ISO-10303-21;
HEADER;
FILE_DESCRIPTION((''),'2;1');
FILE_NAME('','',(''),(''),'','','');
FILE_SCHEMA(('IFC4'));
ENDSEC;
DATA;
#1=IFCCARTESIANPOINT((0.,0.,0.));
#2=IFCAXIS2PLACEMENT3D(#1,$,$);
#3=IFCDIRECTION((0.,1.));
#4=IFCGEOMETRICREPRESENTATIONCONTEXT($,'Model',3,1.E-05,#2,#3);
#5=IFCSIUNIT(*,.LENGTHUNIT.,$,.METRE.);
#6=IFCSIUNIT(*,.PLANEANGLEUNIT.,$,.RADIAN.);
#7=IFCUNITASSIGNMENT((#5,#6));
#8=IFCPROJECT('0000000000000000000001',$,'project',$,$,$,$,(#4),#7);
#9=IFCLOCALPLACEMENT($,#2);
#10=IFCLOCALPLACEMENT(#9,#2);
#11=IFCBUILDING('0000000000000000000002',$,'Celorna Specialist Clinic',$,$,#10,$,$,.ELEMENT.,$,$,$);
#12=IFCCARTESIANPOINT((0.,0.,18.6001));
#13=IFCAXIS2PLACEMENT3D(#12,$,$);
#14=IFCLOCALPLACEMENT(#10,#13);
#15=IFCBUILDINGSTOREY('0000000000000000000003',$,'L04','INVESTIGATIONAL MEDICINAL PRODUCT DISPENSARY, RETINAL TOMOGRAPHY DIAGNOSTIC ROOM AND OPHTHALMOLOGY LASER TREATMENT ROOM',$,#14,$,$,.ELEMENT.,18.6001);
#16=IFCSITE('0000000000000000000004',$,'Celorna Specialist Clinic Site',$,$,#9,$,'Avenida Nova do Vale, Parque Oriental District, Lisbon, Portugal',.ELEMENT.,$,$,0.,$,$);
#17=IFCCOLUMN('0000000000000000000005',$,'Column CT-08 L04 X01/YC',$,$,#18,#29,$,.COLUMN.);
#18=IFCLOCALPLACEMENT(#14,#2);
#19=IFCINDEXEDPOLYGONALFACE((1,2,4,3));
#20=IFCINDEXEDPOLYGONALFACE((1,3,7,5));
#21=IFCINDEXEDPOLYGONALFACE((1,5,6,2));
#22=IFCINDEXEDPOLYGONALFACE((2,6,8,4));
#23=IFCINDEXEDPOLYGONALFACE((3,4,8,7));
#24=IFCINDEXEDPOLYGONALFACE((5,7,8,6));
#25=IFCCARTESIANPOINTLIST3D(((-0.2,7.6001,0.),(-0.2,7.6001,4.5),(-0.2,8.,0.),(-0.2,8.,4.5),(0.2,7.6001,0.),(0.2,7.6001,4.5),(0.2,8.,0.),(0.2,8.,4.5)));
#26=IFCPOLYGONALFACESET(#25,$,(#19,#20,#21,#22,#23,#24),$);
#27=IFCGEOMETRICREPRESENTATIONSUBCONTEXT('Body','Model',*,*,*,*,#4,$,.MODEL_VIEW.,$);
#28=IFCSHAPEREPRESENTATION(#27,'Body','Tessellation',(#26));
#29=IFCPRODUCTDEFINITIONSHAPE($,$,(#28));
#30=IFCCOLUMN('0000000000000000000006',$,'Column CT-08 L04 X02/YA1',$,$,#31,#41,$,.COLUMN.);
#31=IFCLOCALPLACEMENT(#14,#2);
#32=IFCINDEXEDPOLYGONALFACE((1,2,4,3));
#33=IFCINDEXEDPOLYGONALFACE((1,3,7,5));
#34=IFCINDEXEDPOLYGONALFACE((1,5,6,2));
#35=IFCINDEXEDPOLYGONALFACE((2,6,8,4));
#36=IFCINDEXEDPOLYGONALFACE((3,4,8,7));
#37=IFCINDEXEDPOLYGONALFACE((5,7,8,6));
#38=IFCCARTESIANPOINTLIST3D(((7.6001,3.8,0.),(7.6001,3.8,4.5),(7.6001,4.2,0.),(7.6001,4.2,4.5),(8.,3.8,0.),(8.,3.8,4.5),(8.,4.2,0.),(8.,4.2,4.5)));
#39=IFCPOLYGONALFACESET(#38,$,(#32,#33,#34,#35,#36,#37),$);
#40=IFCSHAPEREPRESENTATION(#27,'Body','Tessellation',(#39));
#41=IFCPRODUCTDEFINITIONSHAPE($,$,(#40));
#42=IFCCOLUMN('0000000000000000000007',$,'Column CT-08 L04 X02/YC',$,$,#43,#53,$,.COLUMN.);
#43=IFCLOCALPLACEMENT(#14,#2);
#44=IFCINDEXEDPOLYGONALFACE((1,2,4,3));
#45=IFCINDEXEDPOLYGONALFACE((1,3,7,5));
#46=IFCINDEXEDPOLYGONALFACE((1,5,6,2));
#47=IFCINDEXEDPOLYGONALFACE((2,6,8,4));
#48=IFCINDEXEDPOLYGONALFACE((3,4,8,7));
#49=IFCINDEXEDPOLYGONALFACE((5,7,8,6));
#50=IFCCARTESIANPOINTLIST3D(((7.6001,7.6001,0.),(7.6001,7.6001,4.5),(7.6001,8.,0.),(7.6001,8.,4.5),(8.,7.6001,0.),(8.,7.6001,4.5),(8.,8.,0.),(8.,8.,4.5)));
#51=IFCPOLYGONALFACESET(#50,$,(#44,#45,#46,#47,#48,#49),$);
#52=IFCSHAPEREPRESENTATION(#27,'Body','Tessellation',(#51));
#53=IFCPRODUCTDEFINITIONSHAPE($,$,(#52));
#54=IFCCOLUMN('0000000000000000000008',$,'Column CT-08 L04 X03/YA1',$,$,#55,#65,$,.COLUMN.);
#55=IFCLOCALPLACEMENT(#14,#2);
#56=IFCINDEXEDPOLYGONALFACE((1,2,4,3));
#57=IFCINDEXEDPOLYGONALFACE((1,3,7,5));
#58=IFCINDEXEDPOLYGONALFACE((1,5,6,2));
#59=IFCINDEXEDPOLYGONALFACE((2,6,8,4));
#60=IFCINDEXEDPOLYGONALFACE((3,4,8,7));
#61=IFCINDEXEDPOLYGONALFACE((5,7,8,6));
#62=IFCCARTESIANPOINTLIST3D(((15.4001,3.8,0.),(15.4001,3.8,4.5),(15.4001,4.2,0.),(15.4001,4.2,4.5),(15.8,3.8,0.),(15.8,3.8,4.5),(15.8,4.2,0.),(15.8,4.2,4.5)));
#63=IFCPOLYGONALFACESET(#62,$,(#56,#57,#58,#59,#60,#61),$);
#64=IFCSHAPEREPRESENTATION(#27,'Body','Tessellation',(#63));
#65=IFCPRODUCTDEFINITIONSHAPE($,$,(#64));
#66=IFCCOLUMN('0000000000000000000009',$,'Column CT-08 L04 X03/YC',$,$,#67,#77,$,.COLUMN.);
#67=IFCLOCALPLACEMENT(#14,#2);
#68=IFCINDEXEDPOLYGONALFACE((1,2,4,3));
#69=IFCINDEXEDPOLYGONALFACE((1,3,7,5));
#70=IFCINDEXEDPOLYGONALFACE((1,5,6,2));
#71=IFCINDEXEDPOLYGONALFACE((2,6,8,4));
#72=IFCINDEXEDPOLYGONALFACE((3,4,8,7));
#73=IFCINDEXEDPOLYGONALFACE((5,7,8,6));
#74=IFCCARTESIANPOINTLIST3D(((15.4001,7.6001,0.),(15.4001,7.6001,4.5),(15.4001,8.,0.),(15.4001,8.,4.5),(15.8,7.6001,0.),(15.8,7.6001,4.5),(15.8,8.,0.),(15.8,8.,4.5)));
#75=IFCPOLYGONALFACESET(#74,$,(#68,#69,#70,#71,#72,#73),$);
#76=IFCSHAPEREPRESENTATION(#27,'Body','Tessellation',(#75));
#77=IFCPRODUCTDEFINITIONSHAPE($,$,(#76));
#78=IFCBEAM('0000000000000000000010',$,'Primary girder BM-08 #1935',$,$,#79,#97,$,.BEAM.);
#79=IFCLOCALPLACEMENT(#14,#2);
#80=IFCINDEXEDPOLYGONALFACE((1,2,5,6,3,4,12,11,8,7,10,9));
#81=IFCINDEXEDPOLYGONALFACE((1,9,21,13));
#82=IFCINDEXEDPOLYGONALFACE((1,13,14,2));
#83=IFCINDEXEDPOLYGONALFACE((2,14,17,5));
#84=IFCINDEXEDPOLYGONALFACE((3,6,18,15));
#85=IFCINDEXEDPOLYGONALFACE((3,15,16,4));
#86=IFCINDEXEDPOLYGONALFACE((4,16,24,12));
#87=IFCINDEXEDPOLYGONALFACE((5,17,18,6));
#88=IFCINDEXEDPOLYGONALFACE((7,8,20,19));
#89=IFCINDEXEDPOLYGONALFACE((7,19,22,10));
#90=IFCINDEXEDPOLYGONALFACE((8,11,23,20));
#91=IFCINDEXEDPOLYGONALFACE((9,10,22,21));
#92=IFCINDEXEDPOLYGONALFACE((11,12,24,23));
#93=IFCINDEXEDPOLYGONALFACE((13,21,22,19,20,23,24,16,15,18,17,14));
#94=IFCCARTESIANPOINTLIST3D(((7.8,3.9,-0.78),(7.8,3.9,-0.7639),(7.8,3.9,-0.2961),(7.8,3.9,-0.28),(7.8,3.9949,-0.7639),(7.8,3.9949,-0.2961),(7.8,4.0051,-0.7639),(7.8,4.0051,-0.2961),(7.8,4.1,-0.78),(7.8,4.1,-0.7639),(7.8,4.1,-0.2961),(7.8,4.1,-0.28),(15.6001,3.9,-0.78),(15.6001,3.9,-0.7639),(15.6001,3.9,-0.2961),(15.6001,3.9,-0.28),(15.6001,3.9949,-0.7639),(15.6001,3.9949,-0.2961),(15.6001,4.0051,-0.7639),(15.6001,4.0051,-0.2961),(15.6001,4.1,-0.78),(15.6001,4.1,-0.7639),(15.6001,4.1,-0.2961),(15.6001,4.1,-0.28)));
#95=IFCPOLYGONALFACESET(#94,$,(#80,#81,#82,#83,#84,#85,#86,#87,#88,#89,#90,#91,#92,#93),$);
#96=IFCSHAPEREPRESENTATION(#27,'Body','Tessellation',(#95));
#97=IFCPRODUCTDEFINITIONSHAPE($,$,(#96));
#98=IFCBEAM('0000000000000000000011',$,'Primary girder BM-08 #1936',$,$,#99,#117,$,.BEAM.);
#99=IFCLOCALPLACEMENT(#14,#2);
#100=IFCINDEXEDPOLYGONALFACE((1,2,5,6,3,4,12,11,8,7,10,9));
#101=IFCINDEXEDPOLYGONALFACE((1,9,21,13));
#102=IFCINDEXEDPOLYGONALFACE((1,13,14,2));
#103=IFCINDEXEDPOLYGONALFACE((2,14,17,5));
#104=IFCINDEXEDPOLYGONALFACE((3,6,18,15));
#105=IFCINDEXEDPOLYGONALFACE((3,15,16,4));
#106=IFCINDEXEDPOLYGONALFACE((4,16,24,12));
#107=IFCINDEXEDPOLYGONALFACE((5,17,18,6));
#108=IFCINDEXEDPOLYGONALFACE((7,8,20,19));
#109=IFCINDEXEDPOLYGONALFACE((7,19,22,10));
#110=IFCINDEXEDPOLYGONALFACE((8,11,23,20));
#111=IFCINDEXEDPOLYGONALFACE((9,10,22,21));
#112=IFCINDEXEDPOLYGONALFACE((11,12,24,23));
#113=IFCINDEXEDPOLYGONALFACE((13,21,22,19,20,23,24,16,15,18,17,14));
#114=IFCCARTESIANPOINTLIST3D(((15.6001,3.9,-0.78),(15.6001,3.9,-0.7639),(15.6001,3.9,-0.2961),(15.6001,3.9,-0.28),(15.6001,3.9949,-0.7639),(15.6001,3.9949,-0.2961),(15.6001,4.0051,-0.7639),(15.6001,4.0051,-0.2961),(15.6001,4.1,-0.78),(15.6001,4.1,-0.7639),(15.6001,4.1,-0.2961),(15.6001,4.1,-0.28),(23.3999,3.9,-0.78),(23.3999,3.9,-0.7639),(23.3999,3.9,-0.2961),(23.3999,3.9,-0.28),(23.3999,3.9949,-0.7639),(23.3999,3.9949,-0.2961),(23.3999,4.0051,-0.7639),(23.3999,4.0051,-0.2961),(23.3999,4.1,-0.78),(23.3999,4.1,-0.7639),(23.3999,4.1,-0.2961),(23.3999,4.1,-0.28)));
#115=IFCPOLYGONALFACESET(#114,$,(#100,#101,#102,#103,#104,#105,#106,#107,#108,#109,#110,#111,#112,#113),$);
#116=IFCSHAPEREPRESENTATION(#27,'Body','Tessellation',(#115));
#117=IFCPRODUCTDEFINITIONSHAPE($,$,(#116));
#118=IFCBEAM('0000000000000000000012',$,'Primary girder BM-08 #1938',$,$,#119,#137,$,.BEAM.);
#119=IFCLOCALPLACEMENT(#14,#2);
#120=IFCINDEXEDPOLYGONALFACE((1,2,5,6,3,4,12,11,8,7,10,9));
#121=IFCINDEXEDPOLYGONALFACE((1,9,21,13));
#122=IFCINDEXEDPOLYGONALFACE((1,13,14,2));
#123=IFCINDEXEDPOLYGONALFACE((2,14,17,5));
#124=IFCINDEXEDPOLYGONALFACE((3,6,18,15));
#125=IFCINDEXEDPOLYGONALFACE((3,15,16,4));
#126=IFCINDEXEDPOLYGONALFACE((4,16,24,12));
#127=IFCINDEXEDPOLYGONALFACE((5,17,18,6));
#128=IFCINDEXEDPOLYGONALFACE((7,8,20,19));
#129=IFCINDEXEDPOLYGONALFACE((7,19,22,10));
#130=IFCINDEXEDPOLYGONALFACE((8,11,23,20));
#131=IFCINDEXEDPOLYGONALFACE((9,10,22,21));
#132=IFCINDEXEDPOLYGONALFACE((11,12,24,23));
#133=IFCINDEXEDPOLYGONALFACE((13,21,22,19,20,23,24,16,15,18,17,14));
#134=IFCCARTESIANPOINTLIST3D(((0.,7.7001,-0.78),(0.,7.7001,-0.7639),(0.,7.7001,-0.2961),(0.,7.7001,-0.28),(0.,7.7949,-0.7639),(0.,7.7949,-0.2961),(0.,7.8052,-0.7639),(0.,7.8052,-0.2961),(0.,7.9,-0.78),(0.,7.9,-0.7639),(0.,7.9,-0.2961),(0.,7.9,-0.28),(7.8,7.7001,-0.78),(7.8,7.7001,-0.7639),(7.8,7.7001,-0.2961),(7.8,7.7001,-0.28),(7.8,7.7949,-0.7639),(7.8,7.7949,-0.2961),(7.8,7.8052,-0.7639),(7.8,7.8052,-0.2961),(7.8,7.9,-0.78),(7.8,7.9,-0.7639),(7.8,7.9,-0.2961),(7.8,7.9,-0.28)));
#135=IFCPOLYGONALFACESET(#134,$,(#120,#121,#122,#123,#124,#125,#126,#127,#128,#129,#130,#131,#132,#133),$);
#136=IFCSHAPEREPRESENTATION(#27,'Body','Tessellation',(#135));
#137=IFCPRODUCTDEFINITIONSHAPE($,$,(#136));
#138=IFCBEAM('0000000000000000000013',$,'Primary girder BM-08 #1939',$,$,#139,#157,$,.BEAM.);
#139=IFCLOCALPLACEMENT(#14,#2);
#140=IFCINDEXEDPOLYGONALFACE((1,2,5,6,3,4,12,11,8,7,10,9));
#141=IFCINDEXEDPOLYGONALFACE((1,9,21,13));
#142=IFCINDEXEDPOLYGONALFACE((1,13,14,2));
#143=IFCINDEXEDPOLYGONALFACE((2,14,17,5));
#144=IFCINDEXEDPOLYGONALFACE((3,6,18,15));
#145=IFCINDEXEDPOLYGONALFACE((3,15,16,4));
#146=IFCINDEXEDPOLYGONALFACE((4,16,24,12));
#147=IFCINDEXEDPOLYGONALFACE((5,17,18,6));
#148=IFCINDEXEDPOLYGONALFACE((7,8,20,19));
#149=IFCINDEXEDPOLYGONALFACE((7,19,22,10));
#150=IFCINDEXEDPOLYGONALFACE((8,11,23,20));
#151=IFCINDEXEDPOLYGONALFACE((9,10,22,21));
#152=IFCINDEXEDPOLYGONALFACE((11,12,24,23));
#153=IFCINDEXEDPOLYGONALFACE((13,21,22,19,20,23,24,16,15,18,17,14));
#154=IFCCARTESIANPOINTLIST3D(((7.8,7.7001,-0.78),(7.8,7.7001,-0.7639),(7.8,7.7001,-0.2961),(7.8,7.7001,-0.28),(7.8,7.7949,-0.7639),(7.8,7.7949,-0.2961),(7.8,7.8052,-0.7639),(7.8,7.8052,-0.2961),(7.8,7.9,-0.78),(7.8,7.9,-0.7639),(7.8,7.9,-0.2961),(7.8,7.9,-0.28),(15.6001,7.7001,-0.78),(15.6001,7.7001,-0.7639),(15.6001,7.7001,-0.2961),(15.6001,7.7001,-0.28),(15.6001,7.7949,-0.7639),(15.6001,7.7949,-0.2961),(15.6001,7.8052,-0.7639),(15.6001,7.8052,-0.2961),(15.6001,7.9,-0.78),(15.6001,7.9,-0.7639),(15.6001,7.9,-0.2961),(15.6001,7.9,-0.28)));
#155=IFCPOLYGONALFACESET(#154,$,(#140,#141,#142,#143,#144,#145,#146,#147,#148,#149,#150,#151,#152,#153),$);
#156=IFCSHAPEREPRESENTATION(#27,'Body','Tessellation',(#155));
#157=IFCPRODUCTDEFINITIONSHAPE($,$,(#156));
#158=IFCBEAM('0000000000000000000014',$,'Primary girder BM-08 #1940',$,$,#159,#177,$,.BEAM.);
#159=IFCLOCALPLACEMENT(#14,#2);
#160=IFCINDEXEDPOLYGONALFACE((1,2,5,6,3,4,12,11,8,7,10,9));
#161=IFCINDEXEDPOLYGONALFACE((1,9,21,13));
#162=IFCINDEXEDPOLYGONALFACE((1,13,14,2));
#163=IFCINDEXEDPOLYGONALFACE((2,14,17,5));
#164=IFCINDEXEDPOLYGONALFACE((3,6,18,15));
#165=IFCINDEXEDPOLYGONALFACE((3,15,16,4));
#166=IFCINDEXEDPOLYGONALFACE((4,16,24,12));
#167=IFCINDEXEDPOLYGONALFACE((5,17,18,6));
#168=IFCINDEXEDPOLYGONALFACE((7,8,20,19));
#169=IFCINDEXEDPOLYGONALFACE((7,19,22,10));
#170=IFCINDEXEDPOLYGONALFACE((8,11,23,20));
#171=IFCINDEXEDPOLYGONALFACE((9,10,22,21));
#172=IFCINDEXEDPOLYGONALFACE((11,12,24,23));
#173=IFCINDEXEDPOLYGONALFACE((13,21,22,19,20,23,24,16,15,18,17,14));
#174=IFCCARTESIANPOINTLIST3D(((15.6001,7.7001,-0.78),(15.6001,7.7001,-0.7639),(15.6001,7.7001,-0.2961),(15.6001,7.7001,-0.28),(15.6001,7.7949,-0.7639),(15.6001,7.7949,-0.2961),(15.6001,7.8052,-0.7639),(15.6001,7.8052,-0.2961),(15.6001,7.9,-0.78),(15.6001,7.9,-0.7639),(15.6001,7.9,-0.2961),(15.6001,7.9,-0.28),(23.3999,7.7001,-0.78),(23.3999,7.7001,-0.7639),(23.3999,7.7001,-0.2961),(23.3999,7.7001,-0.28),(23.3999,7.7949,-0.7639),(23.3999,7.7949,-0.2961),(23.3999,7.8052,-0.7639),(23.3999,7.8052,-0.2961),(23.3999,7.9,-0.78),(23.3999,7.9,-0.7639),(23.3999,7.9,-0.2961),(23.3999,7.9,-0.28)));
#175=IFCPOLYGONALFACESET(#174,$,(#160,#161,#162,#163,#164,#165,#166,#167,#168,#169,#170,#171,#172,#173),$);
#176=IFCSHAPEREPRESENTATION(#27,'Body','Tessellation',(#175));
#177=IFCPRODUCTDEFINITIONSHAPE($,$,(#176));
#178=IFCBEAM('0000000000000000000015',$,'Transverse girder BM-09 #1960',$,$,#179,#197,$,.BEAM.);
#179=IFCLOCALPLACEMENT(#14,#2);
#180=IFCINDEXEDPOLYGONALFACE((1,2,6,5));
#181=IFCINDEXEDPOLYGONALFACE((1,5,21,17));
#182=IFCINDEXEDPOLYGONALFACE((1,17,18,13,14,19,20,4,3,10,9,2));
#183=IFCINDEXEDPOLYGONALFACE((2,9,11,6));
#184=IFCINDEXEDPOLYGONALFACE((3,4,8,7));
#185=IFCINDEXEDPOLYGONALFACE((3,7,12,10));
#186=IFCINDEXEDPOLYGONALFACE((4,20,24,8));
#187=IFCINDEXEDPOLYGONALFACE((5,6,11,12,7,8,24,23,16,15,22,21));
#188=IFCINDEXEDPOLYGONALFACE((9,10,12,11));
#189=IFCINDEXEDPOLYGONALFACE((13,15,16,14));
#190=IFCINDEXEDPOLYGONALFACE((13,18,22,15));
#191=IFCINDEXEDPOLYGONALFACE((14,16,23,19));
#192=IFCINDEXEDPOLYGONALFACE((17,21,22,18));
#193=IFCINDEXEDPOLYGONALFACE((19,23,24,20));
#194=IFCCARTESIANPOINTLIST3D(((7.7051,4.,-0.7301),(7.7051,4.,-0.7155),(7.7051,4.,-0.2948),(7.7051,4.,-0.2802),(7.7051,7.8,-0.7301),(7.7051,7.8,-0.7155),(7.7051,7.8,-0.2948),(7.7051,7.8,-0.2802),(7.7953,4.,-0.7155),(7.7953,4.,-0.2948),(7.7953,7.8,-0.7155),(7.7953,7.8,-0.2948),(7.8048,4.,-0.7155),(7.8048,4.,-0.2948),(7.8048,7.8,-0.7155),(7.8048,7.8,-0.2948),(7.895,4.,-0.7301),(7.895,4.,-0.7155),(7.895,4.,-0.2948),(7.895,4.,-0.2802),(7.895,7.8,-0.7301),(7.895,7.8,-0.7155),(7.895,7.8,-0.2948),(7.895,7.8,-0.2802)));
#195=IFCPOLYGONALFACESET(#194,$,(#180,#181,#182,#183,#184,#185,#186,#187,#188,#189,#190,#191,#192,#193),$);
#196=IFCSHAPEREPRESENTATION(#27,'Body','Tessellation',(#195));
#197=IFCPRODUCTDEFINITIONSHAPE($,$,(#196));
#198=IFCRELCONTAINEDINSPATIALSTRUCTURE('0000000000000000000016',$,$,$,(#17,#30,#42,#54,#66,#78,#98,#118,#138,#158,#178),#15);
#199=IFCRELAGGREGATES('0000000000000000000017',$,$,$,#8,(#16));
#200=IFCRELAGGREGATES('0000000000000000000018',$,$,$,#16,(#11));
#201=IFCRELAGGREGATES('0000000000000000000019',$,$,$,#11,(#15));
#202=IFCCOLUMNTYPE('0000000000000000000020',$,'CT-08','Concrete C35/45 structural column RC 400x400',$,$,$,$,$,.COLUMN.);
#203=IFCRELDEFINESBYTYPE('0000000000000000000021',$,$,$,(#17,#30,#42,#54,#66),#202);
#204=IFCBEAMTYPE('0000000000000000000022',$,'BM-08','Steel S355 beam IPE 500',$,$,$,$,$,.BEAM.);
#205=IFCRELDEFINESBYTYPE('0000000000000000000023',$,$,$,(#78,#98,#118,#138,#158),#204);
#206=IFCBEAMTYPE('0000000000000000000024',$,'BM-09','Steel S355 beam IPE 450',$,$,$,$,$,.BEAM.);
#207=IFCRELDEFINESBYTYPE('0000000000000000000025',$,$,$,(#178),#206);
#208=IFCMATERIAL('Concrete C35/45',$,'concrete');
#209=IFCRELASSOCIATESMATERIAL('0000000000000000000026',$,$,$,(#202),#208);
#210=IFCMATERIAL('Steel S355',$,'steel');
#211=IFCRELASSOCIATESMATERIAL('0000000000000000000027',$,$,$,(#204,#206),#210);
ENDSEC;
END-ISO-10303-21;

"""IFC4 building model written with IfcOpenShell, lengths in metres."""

from ifc_helpers import new_model, si_unit, direction, frame, origin, origin_2d, place, context, subcontext, project, spatial, rectangle, i_section, extrude, material, material_profile, profile_set, type_object, element, save


model = new_model("IFC4")

# Units and contexts
model_context = context("Model", 3, precision=1e-05, world=origin(), true_north=direction((0.0, 1.0)))
body_context = subcontext(model_context, "Body", "Model", "MODEL_VIEW")
ifc_project = project(units=[si_unit("LENGTHUNIT", "METRE"), si_unit("PLANEANGLEUNIT", "RADIAN")], contexts=[model_context])

# Site, building, storey
site_placement = place(None, origin())
site = spatial("IfcSite", under=ifc_project, at=site_placement, Name="Celorna Specialist Clinic Site", LongName="Avenida Nova do Vale, Parque Oriental District, Lisbon, Portugal", CompositionType="ELEMENT", RefElevation=0.0)
building_placement = place(site_placement, origin())
building = spatial("IfcBuilding", under=site, at=building_placement, Name="Celorna Specialist Clinic", CompositionType="ELEMENT")
storey_placement = place(building_placement, frame((0.0, 0.0, 18.6001)))
storey = spatial("IfcBuildingStorey", under=building, at=storey_placement, Name="L04", Description="INVESTIGATIONAL MEDICINAL PRODUCT DISPENSARY, RETINAL TOMOGRAPHY DIAGNOSTIC ROOM AND OPHTHALMOLOGY LASER TREATMENT ROOM", CompositionType="ELEMENT", Elevation=18.6001)

# Columns
ifc_material_1 = material(Name="Concrete C35/45", Category="concrete")
ifc_material_profile_1 = material_profile(ifc_material_1, rectangle(XDim=0.3999, YDim=0.3999, at=origin_2d()), Name="RC 400x400")
ifc_profile_set_1 = profile_set([ifc_material_profile_1], Name="Concrete C35/45")
column_type = type_object("IfcColumnType", Name="CT-08", Description="Concrete C35/45 structural column RC 400x400", PredefinedType="COLUMN", material=ifc_profile_set_1)
for number, where, z_axis, x_axis, name in (
    (1, (0.0, 7.8, 0.0), (0.0, 0.0, 1.0), (1.0, 0.0, 0.0), "Column CT-08 L04 X01/YC"),
    (2, (7.8, 4.0, 0.0), (0.0, 0.0, 1.0), (1.0, 0.0, 0.0), "Column CT-08 L04 X02/YA1"),
    (3, (7.8, 7.8, 0.0), (0.0, 0.0, 1.0), (1.0, 0.0, 0.0), "Column CT-08 L04 X02/YC"),
    (4, (15.6001, 4.0, 0.0), (0.0, 0.0, 1.0), (1.0, 0.0, 0.0), "Column CT-08 L04 X03/YA1"),
    (5, (15.6001, 7.8, 0.0), (0.0, 0.0, 1.0), (1.0, 0.0, 0.0), "Column CT-08 L04 X03/YC"),
):
    element("IfcColumn", number, at=place(storey_placement, frame(where, z_axis=z_axis, x_axis=x_axis)), inside=storey, type_object=column_type, Name=name, PredefinedType="COLUMN", context=body_context, shape_type="SweptSolid", body=[
        extrude(rectangle(XDim=0.3999, YDim=0.3999, at=origin_2d()), origin(), (0.0, 0.0, 1.0), 4.5),
    ])

# Beams
ifc_material_2 = material(Name="Steel S355", Category="steel")
ifc_material_profile_2 = material_profile(ifc_material_2, i_section(OverallWidth=0.2, OverallDepth=0.5, WebThickness=0.0103, FlangeThickness=0.0161, at=origin_2d()), Name="IPE 500")
ifc_profile_set_2 = profile_set([ifc_material_profile_2], Name="Steel S355")
beam_type_1 = type_object("IfcBeamType", Name="BM-08", Description="Steel S355 beam IPE 500", PredefinedType="BEAM", material=ifc_profile_set_2)
beam_1_placement = place(storey_placement, frame((7.8, 4.0, -0.53), z_axis=(1.0, 0.0, 0.0), x_axis=(0.0, 1.0, 0.0)))
element("IfcBeam", 6, at=beam_1_placement, inside=storey, type_object=beam_type_1, Name="Primary girder BM-08 #1935", PredefinedType="BEAM", context=body_context, shape_type="SweptSolid", body=[
    extrude(i_section(OverallWidth=0.2, OverallDepth=0.5, WebThickness=0.0103, FlangeThickness=0.0161, at=origin_2d()), origin(), (0.0, 0.0, 1.0), 7.8),
])
beam_2_placement = place(storey_placement, frame((15.6001, 4.0, -0.53), z_axis=(1.0, 0.0, 0.0), x_axis=(0.0, 1.0, 0.0)))
element("IfcBeam", 7, at=beam_2_placement, inside=storey, type_object=beam_type_1, Name="Primary girder BM-08 #1936", PredefinedType="BEAM", context=body_context, shape_type="SweptSolid", body=[
    extrude(i_section(OverallWidth=0.2, OverallDepth=0.5, WebThickness=0.0103, FlangeThickness=0.0161, at=origin_2d()), origin(), (0.0, 0.0, 1.0), 7.7998),
])
for number, where, z_axis, x_axis, name in (
    (8, (0.0, 7.8, -0.53), (1.0, 0.0, 0.0), (0.0, 1.0, 0.0), "Primary girder BM-08 #1938"),
    (9, (7.8, 7.8, -0.53), (1.0, 0.0, 0.0), (0.0, 1.0, 0.0), "Primary girder BM-08 #1939"),
):
    element("IfcBeam", number, at=place(storey_placement, frame(where, z_axis=z_axis, x_axis=x_axis)), inside=storey, type_object=beam_type_1, Name=name, PredefinedType="BEAM", context=body_context, shape_type="SweptSolid", body=[
        extrude(i_section(OverallWidth=0.2, OverallDepth=0.5, WebThickness=0.0103, FlangeThickness=0.0161, at=origin_2d()), origin(), (0.0, 0.0, 1.0), 7.8),
    ])
beam_3_placement = place(storey_placement, frame((15.6001, 7.8, -0.53), z_axis=(1.0, 0.0, 0.0), x_axis=(0.0, 1.0, 0.0)))
element("IfcBeam", 10, at=beam_3_placement, inside=storey, type_object=beam_type_1, Name="Primary girder BM-08 #1940", PredefinedType="BEAM", context=body_context, shape_type="SweptSolid", body=[
    extrude(i_section(OverallWidth=0.2, OverallDepth=0.5, WebThickness=0.0103, FlangeThickness=0.0161, at=origin_2d()), origin(), (0.0, 0.0, 1.0), 7.7998),
])
ifc_material_profile_3 = material_profile(ifc_material_2, i_section(OverallWidth=0.1899, OverallDepth=0.45, WebThickness=0.0095, FlangeThickness=0.0146, at=origin_2d()), Name="IPE 450")
ifc_profile_set_3 = profile_set([ifc_material_profile_3], Name="Steel S355")
beam_type_2 = type_object("IfcBeamType", Name="BM-09", Description="Steel S355 beam IPE 450", PredefinedType="BEAM", material=ifc_profile_set_3)
beam_4_placement = place(storey_placement, frame((7.8, 4.0, -0.5051), z_axis=(0.0, 1.0, 0.0), x_axis=(-1.0, 0.0, 0.0)))
element("IfcBeam", 11, at=beam_4_placement, inside=storey, type_object=beam_type_2, Name="Transverse girder BM-09 #1960", PredefinedType="BEAM", context=body_context, shape_type="SweptSolid", body=[
    extrude(i_section(OverallWidth=0.1899, OverallDepth=0.45, WebThickness=0.0095, FlangeThickness=0.0146, at=origin_2d()), origin(), (0.0, 0.0, 1.0), 3.8),
])

save(model, "model.ifc")
